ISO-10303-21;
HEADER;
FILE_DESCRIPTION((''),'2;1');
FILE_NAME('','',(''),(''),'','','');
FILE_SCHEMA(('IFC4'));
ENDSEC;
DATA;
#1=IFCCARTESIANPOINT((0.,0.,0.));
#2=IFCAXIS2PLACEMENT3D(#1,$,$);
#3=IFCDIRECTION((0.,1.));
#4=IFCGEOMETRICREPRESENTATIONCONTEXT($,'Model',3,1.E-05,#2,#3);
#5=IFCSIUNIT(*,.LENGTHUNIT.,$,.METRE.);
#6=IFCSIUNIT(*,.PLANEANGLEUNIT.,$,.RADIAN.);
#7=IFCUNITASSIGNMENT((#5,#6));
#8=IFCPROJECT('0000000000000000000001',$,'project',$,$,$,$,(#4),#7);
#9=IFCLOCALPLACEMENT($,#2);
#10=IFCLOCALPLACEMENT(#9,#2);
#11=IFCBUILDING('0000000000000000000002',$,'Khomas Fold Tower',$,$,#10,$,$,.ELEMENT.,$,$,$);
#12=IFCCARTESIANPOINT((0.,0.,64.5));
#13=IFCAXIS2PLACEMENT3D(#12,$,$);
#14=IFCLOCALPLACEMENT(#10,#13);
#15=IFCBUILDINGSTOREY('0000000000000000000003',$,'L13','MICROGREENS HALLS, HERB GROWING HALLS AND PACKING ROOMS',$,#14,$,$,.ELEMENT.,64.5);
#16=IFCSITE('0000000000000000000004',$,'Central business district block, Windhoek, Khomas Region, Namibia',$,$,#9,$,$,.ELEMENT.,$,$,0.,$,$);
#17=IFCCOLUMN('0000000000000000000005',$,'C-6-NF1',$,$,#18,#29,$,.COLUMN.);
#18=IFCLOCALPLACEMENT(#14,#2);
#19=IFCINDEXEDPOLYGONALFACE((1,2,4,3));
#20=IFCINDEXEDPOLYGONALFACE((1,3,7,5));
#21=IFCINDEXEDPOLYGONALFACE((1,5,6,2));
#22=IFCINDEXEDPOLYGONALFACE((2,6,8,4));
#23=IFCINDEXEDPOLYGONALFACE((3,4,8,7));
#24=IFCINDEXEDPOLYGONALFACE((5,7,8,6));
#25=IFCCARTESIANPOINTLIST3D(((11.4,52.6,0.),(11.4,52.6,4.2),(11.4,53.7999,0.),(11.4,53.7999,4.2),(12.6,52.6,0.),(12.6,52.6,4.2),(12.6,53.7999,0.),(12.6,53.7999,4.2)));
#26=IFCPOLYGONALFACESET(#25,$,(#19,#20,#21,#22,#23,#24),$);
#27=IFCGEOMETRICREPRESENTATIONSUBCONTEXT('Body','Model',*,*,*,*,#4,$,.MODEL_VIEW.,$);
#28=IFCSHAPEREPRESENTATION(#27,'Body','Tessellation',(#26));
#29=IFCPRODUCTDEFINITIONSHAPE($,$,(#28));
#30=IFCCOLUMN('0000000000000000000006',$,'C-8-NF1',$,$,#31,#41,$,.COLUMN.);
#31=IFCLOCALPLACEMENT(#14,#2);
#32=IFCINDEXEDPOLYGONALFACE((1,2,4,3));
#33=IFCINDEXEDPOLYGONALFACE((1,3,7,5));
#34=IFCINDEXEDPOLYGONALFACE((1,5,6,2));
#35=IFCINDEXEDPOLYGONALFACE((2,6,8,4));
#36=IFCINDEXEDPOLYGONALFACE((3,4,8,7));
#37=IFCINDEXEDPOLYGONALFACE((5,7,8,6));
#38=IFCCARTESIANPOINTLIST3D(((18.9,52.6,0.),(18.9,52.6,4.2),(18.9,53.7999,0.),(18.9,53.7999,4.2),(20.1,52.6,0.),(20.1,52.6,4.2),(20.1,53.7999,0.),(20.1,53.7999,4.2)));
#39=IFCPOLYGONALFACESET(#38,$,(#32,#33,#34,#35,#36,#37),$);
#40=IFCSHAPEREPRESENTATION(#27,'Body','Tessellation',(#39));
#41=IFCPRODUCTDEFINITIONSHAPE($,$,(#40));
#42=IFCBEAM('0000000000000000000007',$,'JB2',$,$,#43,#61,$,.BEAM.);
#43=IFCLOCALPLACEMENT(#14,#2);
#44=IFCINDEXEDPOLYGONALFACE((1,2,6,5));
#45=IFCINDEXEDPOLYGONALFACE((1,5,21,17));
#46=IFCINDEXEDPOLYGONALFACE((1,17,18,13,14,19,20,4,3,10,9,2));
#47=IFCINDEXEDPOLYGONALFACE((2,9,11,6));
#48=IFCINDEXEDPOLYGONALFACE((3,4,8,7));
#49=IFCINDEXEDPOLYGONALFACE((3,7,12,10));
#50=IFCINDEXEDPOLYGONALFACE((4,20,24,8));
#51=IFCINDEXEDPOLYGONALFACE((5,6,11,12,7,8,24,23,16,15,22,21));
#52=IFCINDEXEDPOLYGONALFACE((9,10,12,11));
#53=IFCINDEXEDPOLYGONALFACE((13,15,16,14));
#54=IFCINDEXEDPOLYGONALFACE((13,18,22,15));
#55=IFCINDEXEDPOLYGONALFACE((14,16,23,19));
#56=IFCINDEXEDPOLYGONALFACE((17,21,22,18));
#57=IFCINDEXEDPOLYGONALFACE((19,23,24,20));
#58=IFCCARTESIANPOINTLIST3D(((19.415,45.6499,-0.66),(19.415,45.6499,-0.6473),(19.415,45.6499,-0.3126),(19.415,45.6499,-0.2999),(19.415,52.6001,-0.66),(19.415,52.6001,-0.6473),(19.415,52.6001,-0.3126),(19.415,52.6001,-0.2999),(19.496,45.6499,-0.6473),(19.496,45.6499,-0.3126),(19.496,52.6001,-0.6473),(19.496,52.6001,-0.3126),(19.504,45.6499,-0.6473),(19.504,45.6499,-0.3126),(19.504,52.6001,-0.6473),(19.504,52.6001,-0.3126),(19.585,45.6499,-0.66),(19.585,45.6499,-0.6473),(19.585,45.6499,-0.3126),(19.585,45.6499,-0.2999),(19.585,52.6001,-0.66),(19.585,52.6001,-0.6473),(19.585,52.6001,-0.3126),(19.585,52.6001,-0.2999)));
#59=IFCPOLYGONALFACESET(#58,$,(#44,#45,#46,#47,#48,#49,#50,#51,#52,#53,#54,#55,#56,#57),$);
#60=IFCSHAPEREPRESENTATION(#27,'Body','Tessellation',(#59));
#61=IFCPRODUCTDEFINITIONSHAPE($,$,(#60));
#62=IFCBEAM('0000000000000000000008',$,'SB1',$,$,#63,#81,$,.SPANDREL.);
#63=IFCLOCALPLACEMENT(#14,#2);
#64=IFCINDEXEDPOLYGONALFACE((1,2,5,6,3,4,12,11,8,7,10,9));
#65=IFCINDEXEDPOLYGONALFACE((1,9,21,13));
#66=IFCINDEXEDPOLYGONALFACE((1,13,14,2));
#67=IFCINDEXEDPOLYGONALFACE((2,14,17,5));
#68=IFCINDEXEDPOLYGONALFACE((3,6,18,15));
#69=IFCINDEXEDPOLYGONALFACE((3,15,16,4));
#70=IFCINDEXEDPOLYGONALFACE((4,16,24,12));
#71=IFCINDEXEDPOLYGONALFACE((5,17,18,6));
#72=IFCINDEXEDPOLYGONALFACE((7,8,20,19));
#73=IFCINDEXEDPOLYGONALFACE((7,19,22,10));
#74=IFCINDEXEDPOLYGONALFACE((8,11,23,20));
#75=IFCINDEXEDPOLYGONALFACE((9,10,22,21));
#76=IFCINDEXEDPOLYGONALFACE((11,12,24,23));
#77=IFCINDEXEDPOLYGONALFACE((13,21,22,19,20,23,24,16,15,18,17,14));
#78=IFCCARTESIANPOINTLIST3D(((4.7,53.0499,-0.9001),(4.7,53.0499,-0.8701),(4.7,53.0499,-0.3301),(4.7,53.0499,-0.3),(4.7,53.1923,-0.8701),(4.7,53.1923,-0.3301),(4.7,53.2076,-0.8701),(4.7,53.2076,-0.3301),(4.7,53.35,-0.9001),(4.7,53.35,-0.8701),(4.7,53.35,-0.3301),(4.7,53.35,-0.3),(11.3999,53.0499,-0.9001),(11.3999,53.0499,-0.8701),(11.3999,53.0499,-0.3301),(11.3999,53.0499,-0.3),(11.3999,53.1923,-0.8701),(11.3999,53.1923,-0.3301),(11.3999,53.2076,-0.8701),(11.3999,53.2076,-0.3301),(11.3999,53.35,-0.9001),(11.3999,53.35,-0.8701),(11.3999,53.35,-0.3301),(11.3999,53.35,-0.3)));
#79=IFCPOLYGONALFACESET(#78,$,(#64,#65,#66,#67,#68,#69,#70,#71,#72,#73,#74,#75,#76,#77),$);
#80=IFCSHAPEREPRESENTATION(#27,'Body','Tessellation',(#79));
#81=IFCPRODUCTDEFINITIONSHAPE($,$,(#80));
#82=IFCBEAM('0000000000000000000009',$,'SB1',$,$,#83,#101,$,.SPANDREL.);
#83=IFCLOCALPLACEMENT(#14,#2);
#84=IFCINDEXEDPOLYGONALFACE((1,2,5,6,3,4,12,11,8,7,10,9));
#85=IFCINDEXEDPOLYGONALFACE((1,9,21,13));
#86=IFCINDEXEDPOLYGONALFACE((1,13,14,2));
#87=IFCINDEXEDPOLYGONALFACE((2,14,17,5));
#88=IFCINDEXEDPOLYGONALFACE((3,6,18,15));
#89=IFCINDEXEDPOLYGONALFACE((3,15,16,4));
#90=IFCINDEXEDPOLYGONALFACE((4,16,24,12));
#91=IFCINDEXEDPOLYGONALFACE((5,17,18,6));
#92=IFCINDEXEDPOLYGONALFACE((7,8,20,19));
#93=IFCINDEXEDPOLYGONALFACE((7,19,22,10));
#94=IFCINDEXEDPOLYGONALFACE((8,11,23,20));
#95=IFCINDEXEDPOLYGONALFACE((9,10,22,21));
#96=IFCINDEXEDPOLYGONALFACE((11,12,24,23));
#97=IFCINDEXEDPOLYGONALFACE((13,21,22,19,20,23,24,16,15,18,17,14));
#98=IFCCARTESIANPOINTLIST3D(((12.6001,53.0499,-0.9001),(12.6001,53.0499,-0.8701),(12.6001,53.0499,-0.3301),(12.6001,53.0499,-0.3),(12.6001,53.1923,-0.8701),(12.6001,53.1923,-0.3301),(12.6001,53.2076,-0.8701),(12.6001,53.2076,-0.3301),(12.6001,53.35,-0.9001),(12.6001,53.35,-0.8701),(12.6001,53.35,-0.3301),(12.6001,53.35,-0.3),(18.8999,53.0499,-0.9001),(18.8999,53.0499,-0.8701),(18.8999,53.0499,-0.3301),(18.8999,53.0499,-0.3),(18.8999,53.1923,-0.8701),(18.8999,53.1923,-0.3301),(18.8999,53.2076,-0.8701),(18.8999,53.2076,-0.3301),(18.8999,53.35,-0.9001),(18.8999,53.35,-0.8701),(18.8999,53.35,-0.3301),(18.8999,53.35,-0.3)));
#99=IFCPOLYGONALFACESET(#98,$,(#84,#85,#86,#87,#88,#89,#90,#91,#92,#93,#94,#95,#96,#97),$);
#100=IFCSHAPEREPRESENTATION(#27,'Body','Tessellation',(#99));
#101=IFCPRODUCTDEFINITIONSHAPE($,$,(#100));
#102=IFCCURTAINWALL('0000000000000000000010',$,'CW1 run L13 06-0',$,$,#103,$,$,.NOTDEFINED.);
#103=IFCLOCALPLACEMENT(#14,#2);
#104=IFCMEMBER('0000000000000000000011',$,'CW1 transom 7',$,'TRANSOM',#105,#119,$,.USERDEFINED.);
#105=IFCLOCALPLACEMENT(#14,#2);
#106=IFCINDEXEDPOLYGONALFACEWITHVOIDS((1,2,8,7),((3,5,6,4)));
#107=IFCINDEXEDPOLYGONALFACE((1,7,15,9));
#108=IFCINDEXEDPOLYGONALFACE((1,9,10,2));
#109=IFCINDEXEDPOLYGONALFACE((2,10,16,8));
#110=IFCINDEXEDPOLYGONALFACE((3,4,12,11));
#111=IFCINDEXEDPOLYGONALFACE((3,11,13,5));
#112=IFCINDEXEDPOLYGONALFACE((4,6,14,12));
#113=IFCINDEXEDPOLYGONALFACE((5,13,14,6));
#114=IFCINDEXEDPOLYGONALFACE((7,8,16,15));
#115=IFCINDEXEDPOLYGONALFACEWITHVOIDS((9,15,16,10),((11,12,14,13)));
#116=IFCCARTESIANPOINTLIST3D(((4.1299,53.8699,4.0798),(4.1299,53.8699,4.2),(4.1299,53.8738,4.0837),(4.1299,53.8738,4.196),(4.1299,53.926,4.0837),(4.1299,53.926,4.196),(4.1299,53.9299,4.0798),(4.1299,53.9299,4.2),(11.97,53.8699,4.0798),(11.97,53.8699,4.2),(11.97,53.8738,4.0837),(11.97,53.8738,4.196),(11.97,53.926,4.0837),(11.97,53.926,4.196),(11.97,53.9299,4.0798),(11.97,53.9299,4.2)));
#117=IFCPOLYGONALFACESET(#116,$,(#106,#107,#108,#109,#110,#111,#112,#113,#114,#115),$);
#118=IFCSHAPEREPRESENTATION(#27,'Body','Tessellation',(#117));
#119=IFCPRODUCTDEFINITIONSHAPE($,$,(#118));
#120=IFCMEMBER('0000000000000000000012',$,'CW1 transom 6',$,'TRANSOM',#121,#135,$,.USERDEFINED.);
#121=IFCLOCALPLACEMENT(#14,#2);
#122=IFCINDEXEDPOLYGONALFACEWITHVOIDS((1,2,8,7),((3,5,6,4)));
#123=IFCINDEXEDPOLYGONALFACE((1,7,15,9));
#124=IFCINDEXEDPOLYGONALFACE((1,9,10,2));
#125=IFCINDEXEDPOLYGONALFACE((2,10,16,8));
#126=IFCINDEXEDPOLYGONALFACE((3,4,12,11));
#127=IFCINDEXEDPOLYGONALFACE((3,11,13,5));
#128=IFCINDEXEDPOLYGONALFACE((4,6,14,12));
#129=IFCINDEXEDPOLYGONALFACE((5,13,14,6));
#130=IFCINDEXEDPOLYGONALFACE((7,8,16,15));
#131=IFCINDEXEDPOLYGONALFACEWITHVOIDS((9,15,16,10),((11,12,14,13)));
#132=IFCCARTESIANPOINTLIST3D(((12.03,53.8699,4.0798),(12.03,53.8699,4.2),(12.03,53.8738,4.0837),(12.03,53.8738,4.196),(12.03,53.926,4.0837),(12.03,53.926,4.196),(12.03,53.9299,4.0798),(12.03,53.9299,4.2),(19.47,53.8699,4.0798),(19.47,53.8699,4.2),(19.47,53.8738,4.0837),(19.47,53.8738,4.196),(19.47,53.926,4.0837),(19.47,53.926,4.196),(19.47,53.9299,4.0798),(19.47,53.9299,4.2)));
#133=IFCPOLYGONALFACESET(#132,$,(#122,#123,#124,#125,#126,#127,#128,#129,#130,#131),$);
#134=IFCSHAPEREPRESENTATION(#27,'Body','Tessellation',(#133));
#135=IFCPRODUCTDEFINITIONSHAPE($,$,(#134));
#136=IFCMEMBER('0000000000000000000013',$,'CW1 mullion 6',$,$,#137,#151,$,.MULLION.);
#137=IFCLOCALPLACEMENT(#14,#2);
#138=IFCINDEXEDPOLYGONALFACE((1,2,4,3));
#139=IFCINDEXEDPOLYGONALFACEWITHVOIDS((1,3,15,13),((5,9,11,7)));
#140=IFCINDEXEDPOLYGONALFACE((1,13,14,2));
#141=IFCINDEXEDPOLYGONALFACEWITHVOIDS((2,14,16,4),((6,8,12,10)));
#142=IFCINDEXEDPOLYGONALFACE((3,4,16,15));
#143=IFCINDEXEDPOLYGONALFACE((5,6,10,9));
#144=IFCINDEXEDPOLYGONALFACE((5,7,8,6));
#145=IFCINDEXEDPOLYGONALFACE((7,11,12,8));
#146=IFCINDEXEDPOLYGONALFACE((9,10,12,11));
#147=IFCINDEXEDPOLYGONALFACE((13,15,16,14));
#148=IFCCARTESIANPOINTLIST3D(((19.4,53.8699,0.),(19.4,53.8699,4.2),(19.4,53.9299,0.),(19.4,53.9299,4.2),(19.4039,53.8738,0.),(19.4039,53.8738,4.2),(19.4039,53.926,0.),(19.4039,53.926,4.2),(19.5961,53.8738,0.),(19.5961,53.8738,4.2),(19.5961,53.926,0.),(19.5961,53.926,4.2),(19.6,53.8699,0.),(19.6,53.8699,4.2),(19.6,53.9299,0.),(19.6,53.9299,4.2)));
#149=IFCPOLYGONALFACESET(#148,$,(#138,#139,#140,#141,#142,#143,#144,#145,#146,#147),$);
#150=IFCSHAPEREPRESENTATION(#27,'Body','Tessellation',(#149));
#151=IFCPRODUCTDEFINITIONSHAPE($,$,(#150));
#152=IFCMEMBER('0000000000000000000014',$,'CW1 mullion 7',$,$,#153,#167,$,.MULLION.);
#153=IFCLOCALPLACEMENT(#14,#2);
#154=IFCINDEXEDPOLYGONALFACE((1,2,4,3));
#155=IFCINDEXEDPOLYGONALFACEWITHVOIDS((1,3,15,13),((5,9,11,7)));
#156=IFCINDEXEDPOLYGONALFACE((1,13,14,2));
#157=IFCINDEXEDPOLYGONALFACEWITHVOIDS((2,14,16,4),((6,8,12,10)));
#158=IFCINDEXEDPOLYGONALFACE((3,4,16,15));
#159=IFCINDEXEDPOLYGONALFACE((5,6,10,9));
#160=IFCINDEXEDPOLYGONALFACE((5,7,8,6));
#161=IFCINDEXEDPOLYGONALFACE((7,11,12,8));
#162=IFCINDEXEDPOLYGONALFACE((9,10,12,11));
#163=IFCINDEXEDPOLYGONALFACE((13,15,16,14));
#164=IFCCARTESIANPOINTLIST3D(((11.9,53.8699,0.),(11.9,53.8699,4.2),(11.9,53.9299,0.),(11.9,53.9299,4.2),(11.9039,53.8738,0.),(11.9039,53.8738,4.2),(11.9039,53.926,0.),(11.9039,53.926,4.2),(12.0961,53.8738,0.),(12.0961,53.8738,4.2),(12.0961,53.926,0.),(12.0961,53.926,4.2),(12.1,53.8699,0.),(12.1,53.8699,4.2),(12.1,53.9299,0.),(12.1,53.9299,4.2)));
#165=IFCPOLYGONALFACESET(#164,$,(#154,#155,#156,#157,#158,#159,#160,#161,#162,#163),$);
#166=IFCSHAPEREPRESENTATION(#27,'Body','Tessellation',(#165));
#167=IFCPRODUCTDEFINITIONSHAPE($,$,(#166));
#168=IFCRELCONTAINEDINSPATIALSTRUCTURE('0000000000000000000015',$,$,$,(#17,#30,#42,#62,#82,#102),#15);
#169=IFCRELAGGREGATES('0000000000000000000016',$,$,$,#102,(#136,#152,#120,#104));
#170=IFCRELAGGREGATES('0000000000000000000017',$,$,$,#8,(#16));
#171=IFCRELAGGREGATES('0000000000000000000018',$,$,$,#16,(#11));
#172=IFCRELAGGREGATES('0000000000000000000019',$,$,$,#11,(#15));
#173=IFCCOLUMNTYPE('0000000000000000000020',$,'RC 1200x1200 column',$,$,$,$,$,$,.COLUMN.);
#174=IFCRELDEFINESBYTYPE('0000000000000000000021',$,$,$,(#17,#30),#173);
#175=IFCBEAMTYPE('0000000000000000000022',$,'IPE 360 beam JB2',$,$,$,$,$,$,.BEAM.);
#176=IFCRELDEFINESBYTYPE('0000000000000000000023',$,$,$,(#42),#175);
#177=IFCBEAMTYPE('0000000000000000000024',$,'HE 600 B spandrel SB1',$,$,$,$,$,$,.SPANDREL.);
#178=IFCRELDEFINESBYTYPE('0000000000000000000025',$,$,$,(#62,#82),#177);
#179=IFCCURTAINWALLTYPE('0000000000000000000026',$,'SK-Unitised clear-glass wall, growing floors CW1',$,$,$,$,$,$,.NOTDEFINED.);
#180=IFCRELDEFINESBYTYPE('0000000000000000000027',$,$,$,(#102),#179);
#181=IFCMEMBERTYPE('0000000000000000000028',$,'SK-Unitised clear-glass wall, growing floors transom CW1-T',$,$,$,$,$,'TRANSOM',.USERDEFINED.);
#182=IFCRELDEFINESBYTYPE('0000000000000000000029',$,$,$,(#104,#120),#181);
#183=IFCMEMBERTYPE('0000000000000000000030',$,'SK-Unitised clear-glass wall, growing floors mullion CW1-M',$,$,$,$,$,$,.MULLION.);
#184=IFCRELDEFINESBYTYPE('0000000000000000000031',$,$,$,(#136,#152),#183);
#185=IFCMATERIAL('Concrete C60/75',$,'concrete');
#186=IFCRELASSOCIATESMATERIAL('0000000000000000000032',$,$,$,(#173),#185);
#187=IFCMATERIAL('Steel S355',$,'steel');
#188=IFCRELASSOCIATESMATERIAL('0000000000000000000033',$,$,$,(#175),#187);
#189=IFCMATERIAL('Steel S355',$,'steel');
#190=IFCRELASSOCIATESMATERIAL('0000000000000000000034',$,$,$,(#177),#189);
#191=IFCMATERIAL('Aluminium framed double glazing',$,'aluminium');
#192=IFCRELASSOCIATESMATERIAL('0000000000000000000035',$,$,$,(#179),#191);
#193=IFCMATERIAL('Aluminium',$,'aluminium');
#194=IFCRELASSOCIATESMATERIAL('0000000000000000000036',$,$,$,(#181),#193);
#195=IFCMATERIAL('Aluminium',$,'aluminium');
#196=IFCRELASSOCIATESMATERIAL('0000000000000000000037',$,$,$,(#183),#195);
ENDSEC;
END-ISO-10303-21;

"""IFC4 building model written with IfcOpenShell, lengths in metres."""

from ifc_helpers import new_model, si_unit, direction, frame, origin, origin_2d, place, context, subcontext, project, spatial, rectangle, hollow_rectangle, i_section, extrude, source, transform, mapped, material, material_profile, profile_set, type_object, element, aggregate, save


model = new_model("IFC4")

# Units and contexts
model_context = context("Model", 3, precision=1e-05, world=origin(), true_north=direction((0.0, 1.0)))
body_context = subcontext(model_context, "Body", "Model", "MODEL_VIEW")
ifc_project = project(units=[si_unit("LENGTHUNIT", "METRE"), si_unit("PLANEANGLEUNIT", "RADIAN")], contexts=[model_context])

# Site, building, storey
site_placement = place(None, origin())
site = spatial("IfcSite", under=ifc_project, at=site_placement, Name="Central business district block, Windhoek, Khomas Region, Namibia", CompositionType="ELEMENT", RefElevation=0.0)
building_placement = place(site_placement, origin())
building = spatial("IfcBuilding", under=site, at=building_placement, Name="Khomas Fold Tower", CompositionType="ELEMENT")
storey_placement = place(building_placement, frame((0.0, 0.0, 64.5)))
storey = spatial("IfcBuildingStorey", under=building, at=storey_placement, Name="L13", Description="MICROGREENS HALLS, HERB GROWING HALLS AND PACKING ROOMS", CompositionType="ELEMENT", Elevation=64.5)

# Columns
ifc_material_1 = material(Name="Concrete C60/75", Category="concrete")
ifc_material_profile_1 = material_profile(ifc_material_1, rectangle(XDim=1.2, YDim=1.2, at=origin_2d()), Name="RC 1200x1200")
ifc_profile_set_1 = profile_set([ifc_material_profile_1], Name="Concrete C60/75")
column_type = type_object("IfcColumnType", Name="RC 1200x1200 column", PredefinedType="COLUMN", material=ifc_profile_set_1)
shared_shape_1 = source(origin(), body_context, "Body", "SweptSolid", [
    extrude(rectangle(XDim=1.2, YDim=1.2, at=origin_2d()), origin(), (0.0, 0.0, 1.0), 4.2),
])
for number, where, z_axis, x_axis, name in (
    (1, (12.0, 53.2, 0.0), (0.0, 0.0, 1.0), (1.0, 0.0, 0.0), "C-6-NF1"),
    (2, (19.5, 53.2, 0.0), (0.0, 0.0, 1.0), (1.0, 0.0, 0.0), "C-8-NF1"),
):
    element("IfcColumn", number, at=place(storey_placement, frame(where, z_axis=z_axis, x_axis=x_axis)), inside=storey, type_object=column_type, Name=name, PredefinedType="COLUMN", context=body_context, shape_type="MappedRepresentation", body=[
        mapped(shared_shape_1, transform((0.0, 0.0, 0.0))),
    ])

# Beams
ifc_material_2 = material(Name="Steel S355", Category="steel")
ifc_material_profile_2 = material_profile(ifc_material_2, i_section(OverallWidth=0.1699, OverallDepth=0.3601, WebThickness=0.0081, FlangeThickness=0.0127, at=origin_2d()), Name="IPE 360")
ifc_profile_set_2 = profile_set([ifc_material_profile_2], Name="Steel S355")
beam_type_1 = type_object("IfcBeamType", Name="IPE 360 beam JB2", PredefinedType="BEAM", material=ifc_profile_set_2)
shared_shape_2 = source(origin(), body_context, "Body", "SweptSolid", [
    extrude(i_section(OverallWidth=0.1699, OverallDepth=0.3601, WebThickness=0.0081, FlangeThickness=0.0127, at=origin_2d()), origin(), (0.0, 0.0, 1.0), 6.9502),
])
beam_1_placement = place(storey_placement, frame((19.5, 45.6499, -0.48), z_axis=(0.0, 1.0, 0.0), x_axis=(-1.0, 0.0, 0.0)))
element("IfcBeam", 3, at=beam_1_placement, inside=storey, type_object=beam_type_1, Name="JB2", PredefinedType="BEAM", context=body_context, shape_type="MappedRepresentation", body=[
    mapped(shared_shape_2, transform((0.0, 0.0, 0.0))),
])
ifc_material_3 = material(Name="Steel S355", Category="steel")
ifc_material_profile_3 = material_profile(ifc_material_3, i_section(OverallWidth=0.3, OverallDepth=0.6001, WebThickness=0.0154, FlangeThickness=0.03, at=origin_2d()), Name="HE 600 B")
ifc_profile_set_3 = profile_set([ifc_material_profile_3], Name="Steel S355")
beam_type_2 = type_object("IfcBeamType", Name="HE 600 B spandrel SB1", PredefinedType="SPANDREL", material=ifc_profile_set_3)
shared_shape_3 = source(origin(), body_context, "Body", "SweptSolid", [
    extrude(i_section(OverallWidth=0.3, OverallDepth=0.6001, WebThickness=0.0154, FlangeThickness=0.03, at=origin_2d()), origin(), (0.0, 0.0, 1.0), 6.7),
])
beam_2_placement = place(storey_placement, frame((4.7, 53.2, -0.6001), z_axis=(1.0, 0.0, 0.0), x_axis=(0.0, 1.0, 0.0)))
element("IfcBeam", 4, at=beam_2_placement, inside=storey, type_object=beam_type_2, Name="SB1", PredefinedType="SPANDREL", context=body_context, shape_type="MappedRepresentation", body=[
    mapped(shared_shape_3, transform((0.0, 0.0, 0.0))),
])
shared_shape_4 = source(origin(), body_context, "Body", "SweptSolid", [
    extrude(i_section(OverallWidth=0.3, OverallDepth=0.6001, WebThickness=0.0154, FlangeThickness=0.03, at=origin_2d()), origin(), (0.0, 0.0, 1.0), 6.2998),
])
beam_3_placement = place(storey_placement, frame((12.6001, 53.2, -0.6001), z_axis=(1.0, 0.0, 0.0), x_axis=(0.0, 1.0, 0.0)))
element("IfcBeam", 5, at=beam_3_placement, inside=storey, type_object=beam_type_2, Name="SB1", PredefinedType="SPANDREL", context=body_context, shape_type="MappedRepresentation", body=[
    mapped(shared_shape_4, transform((0.0, 0.0, 0.0))),
])

# Curtain wall, members
ifc_material_4 = material(Name="Aluminium framed double glazing", Category="aluminium")
curtain_wall_type = type_object("IfcCurtainWallType", Name="SK-Unitised clear-glass wall, growing floors CW1", PredefinedType="NOTDEFINED", material=ifc_material_4)
curtain_wall_placement = place(storey_placement, origin())
curtain_wall = element("IfcCurtainWall", 6, at=curtain_wall_placement, inside=storey, type_object=curtain_wall_type, Name="CW1 run L13 06-0", PredefinedType="NOTDEFINED")
ifc_material_5 = material(Name="Aluminium", Category="aluminium")
ifc_material_profile_4 = material_profile(ifc_material_5, hollow_rectangle(XDim=0.0601, YDim=0.1201, WallThickness=0.0039, at=origin_2d()), Name="SK-Unitised clear-glass wall, growing floors transom CW1-T")
ifc_profile_set_4 = profile_set([ifc_material_profile_4], Name="Aluminium")
member_type_1 = type_object("IfcMemberType", Name="SK-Unitised clear-glass wall, growing floors transom CW1-T", ElementType="TRANSOM", PredefinedType="USERDEFINED", material=ifc_profile_set_4)
shared_shape_5 = source(origin(), body_context, "Body", "SweptSolid", [
    extrude(hollow_rectangle(XDim=0.0601, YDim=0.1201, WallThickness=0.0039, at=origin_2d()), origin(), (0.0, 0.0, 1.0), 7.8401),
])
member_1_placement = place(storey_placement, frame((11.97, 53.8999, 4.1399), z_axis=(-1.0, 0.0, 0.0), x_axis=(0.0, -1.0, 0.0)))
member_1 = element("IfcMember", 7, at=member_1_placement, type_object=member_type_1, Name="CW1 transom 7", ObjectType="TRANSOM", PredefinedType="USERDEFINED", context=body_context, shape_type="MappedRepresentation", body=[
    mapped(shared_shape_5, transform((0.0, 0.0, 0.0))),
])
shared_shape_6 = source(origin(), body_context, "Body", "SweptSolid", [
    extrude(hollow_rectangle(XDim=0.0601, YDim=0.1201, WallThickness=0.0039, at=origin_2d()), origin(), (0.0, 0.0, 1.0), 7.4399),
])
member_2_placement = place(storey_placement, frame((19.47, 53.8999, 4.1399), z_axis=(-1.0, 0.0, 0.0), x_axis=(0.0, -1.0, 0.0)))
member_2 = element("IfcMember", 8, at=member_2_placement, type_object=member_type_1, Name="CW1 transom 6", ObjectType="TRANSOM", PredefinedType="USERDEFINED", context=body_context, shape_type="MappedRepresentation", body=[
    mapped(shared_shape_6, transform((0.0, 0.0, 0.0))),
])
ifc_material_6 = material(Name="Aluminium", Category="aluminium")
ifc_material_profile_5 = material_profile(ifc_material_6, hollow_rectangle(XDim=0.0601, YDim=0.2, WallThickness=0.0039, at=origin_2d()), Name="SK-Unitised clear-glass wall, growing floors mullion CW1-M")
ifc_profile_set_5 = profile_set([ifc_material_profile_5], Name="Aluminium")
member_type_2 = type_object("IfcMemberType", Name="SK-Unitised clear-glass wall, growing floors mullion CW1-M", PredefinedType="MULLION", material=ifc_profile_set_5)
shared_shape_7 = source(origin(), body_context, "Body", "SweptSolid", [
    extrude(hollow_rectangle(XDim=0.0601, YDim=0.2, WallThickness=0.0039, at=origin_2d()), origin(), (0.0, 0.0, 1.0), 4.2),
])
member_3_placement = place(storey_placement, frame((19.5, 53.8999, 0.0), z_axis=(0.0, 0.0, 1.0), x_axis=(0.0, -1.0, 0.0)))
member_3 = element("IfcMember", 9, at=member_3_placement, type_object=member_type_2, Name="CW1 mullion 6", PredefinedType="MULLION", context=body_context, shape_type="MappedRepresentation", body=[
    mapped(shared_shape_7, transform((0.0, 0.0, 0.0))),
])
member_4_placement = place(storey_placement, frame((12.0, 53.8999, 0.0), z_axis=(0.0, 0.0, 1.0), x_axis=(0.0, -1.0, 0.0)))
member_4 = element("IfcMember", 10, at=member_4_placement, type_object=member_type_2, Name="CW1 mullion 7", PredefinedType="MULLION", context=body_context, shape_type="MappedRepresentation", body=[
    mapped(shared_shape_7, transform((0.0, 0.0, 0.0))),
])
aggregate(curtain_wall, [member_3, member_4, member_2, member_1])

save(model, "model.ifc")
